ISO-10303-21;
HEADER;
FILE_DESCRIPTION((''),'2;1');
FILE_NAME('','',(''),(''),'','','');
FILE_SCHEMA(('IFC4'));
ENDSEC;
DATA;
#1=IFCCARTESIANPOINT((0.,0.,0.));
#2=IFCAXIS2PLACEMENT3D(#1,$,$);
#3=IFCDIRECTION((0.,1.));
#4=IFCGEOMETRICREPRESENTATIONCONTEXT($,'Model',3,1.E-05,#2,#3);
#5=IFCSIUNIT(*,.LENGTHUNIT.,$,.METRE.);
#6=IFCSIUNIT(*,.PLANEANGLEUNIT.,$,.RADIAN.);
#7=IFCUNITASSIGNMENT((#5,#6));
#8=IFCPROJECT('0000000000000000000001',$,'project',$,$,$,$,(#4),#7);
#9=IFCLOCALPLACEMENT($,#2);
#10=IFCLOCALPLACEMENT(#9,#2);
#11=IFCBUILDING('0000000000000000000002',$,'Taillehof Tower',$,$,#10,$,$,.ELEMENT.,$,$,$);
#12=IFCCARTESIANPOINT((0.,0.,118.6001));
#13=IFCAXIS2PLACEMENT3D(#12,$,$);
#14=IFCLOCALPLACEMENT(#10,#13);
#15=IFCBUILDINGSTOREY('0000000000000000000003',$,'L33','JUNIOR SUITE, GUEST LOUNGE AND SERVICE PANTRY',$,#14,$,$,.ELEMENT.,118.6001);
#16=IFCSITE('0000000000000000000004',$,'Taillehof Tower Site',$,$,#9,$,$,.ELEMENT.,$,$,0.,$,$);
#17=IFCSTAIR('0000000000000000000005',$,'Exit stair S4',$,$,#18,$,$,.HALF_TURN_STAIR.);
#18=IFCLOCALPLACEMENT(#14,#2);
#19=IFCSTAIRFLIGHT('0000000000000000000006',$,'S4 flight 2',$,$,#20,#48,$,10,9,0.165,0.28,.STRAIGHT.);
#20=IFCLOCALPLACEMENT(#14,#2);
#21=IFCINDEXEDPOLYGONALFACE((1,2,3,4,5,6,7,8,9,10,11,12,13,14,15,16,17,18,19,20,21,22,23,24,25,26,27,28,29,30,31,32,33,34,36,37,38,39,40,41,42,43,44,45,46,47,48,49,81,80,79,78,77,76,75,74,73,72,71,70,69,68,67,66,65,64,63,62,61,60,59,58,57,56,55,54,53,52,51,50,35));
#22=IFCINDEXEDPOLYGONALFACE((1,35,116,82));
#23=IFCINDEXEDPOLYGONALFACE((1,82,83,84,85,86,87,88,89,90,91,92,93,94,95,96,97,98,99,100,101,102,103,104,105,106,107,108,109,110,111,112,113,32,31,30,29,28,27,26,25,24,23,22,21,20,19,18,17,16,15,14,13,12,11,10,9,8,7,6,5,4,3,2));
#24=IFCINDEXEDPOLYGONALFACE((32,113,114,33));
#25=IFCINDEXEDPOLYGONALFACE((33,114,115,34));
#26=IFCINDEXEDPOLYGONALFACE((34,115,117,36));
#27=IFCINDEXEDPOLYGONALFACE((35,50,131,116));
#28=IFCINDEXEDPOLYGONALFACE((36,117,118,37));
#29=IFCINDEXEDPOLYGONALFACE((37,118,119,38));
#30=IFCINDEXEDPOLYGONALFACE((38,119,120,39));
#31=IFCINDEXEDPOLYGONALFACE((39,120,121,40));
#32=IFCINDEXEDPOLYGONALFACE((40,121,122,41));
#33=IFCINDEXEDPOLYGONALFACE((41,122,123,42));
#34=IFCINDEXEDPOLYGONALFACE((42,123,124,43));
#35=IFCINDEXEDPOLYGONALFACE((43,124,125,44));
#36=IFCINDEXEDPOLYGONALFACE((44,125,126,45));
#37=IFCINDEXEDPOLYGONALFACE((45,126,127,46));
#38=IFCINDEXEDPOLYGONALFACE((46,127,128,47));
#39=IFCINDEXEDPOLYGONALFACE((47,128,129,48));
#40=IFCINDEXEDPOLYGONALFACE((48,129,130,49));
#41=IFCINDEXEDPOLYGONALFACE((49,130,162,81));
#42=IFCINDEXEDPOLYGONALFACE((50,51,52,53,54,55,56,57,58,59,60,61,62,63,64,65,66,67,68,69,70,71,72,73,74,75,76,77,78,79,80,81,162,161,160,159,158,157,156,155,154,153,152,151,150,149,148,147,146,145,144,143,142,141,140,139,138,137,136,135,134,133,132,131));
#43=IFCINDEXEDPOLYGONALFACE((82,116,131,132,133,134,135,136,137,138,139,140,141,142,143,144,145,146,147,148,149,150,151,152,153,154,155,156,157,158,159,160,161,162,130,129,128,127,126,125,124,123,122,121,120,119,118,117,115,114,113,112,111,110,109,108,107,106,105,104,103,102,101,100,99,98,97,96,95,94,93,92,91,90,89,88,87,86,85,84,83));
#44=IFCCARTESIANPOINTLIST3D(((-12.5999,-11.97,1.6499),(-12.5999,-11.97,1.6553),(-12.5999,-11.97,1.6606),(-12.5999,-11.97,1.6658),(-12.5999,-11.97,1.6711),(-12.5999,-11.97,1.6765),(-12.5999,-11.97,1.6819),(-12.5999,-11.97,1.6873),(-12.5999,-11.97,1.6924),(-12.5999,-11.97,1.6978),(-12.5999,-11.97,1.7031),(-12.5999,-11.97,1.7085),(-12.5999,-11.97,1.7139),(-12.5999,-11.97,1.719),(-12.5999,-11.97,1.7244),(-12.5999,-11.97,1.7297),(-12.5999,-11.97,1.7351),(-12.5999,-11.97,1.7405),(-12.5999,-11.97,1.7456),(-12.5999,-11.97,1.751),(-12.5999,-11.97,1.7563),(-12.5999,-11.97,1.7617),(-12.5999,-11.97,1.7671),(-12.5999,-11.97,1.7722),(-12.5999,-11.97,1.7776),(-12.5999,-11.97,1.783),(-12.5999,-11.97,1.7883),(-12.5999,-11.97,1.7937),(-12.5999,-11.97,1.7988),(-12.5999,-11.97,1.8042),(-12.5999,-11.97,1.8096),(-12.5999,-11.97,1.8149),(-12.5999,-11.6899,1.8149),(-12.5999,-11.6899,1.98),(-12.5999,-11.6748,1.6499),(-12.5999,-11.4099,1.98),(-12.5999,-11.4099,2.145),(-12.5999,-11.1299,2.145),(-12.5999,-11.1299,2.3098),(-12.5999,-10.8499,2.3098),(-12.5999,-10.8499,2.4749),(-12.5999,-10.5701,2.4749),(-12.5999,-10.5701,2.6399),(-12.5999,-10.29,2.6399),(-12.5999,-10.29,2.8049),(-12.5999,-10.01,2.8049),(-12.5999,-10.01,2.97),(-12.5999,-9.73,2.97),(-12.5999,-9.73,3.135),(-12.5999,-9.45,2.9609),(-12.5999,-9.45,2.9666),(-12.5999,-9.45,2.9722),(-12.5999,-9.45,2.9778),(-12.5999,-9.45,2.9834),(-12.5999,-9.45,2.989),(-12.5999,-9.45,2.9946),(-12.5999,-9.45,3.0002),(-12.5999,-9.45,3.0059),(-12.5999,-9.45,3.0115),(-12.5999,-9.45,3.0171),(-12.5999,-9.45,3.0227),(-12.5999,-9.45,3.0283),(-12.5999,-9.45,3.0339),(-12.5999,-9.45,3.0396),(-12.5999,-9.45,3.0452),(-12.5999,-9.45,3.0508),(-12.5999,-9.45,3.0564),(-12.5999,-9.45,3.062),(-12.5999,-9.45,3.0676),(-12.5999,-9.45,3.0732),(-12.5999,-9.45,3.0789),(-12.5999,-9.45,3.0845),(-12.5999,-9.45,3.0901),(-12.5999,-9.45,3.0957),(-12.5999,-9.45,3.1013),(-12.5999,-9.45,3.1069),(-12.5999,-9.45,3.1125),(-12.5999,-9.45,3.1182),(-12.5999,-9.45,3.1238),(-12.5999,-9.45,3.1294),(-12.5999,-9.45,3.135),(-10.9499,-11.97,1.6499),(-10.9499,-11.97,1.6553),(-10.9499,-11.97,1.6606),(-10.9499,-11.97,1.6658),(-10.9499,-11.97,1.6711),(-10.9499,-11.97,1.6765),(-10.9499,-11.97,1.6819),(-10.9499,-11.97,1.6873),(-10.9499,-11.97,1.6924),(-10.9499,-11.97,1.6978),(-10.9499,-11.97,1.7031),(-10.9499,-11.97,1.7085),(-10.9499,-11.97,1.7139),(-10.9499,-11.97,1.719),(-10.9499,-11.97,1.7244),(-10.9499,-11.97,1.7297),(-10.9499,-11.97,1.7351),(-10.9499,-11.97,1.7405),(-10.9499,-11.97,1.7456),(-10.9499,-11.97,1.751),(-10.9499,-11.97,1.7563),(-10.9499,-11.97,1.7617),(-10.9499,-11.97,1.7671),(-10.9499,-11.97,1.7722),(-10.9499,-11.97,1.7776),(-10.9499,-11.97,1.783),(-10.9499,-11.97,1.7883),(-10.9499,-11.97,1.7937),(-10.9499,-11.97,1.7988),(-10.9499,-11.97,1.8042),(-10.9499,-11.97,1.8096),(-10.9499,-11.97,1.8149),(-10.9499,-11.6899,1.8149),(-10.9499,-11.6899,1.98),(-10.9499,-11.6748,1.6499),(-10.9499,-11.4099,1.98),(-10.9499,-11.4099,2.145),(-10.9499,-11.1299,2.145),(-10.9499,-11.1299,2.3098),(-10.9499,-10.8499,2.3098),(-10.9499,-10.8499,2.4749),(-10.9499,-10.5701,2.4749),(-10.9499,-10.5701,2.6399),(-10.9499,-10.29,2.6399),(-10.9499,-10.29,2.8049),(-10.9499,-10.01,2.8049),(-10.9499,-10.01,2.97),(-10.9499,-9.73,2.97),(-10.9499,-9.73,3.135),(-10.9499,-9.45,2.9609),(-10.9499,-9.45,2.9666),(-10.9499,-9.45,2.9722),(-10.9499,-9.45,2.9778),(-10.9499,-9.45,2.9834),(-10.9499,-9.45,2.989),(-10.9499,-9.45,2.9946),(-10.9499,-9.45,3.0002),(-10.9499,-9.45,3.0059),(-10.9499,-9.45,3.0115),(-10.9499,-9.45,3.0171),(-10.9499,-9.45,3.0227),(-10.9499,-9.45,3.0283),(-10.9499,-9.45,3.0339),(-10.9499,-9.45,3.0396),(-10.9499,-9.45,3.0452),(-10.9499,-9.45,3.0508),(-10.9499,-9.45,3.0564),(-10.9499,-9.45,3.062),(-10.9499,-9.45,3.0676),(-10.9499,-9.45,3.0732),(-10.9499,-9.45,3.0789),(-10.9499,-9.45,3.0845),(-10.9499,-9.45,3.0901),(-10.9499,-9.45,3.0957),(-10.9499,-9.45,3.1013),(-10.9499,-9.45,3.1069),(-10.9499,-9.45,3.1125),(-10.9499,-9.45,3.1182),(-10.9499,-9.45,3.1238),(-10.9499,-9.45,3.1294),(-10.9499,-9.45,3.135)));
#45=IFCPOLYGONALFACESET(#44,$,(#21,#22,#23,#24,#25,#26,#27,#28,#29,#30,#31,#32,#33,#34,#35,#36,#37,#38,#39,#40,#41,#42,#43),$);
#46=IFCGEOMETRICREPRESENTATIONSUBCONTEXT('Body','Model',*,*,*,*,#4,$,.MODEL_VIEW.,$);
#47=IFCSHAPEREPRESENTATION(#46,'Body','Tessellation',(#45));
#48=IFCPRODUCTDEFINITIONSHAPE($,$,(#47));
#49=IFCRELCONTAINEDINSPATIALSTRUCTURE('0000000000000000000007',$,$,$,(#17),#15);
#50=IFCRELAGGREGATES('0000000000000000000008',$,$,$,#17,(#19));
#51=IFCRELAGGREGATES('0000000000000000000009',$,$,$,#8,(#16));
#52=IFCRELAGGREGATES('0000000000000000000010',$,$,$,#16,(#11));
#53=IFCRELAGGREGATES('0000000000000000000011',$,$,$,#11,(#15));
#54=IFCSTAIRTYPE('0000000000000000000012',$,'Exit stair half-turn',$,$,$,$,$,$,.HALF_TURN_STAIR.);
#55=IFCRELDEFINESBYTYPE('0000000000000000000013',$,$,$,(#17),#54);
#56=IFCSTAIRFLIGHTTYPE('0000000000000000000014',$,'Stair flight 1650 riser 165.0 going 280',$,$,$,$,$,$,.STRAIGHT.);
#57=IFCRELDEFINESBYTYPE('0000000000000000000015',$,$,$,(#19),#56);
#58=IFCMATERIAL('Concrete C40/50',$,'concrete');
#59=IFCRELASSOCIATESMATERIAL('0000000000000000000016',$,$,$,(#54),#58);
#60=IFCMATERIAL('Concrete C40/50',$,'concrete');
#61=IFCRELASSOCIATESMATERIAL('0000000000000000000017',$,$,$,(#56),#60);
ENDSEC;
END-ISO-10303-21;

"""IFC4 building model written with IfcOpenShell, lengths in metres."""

from ifc_helpers import new_model, si_unit, direction, frame, origin, place, context, subcontext, project, spatial, polyline, outline, extrude, material, type_object, element, aggregate, save


model = new_model("IFC4")

# Units and contexts
model_context = context("Model", 3, precision=1e-05, world=origin(), true_north=direction((0.0, 1.0)))
body_context = subcontext(model_context, "Body", "Model", "MODEL_VIEW")
ifc_project = project(units=[si_unit("LENGTHUNIT", "METRE"), si_unit("PLANEANGLEUNIT", "RADIAN")], contexts=[model_context])

# Site, building, storey
site_placement = place(None, origin())
site = spatial("IfcSite", under=ifc_project, at=site_placement, Name="Taillehof Tower Site", CompositionType="ELEMENT", RefElevation=0.0)
building_placement = place(site_placement, origin())
building = spatial("IfcBuilding", under=site, at=building_placement, Name="Taillehof Tower", CompositionType="ELEMENT")
storey_placement = place(building_placement, frame((0.0, 0.0, 118.6001)))
storey = spatial("IfcBuildingStorey", under=building, at=storey_placement, Name="L33", Description="JUNIOR SUITE, GUEST LOUNGE AND SERVICE PANTRY", CompositionType="ELEMENT", Elevation=118.6001)

# Stair, stair flight
ifc_material_1 = material(Name="Concrete C40/50", Category="concrete")
stair_type = type_object("IfcStairType", Name="Exit stair half-turn", PredefinedType="HALF_TURN_STAIR", material=ifc_material_1)
stair_placement = place(storey_placement, origin())
stair = element("IfcStair", 1, at=stair_placement, inside=storey, type_object=stair_type, Name="Exit stair S4", PredefinedType="HALF_TURN_STAIR")
ifc_material_2 = material(Name="Concrete C40/50", Category="concrete")
stair_flight_type = type_object("IfcStairFlightType", Name="Stair flight 1650 riser 165.0 going 280", PredefinedType="STRAIGHT", material=ifc_material_2)
stair_flight_placement = place(storey_placement, frame((-11.7749, -11.97, 1.6499), z_axis=(0.0, 0.0, 1.0), x_axis=(0.0, 1.0, 0.0)))
stair_flight = element("IfcStairFlight", 2, at=stair_flight_placement, type_object=stair_flight_type, Name="S4 flight 2", NumberOfRisers=10, NumberOfTreads=9, PredefinedType="STRAIGHT", RiserHeight=0.165, TreadLength=0.28, context=body_context, shape_type="SweptSolid", body=[
    extrude(outline(polyline([(0.0, 0.0), (0.0, 0.0054), (0.0, 0.0107), (0.0, 0.0159), (0.0, 0.0212), (0.0, 0.0266), (0.0, 0.032), (0.0, 0.0374), (0.0, 0.0425), (0.0, 0.0479), (0.0, 0.0532), (0.0, 0.0586), (0.0, 0.064), (0.0, 0.0691), (0.0, 0.0745), (0.0, 0.0798), (0.0, 0.0852), (0.0, 0.0906), (0.0, 0.0957), (0.0, 0.1011), (0.0, 0.1064), (0.0, 0.1118), (0.0, 0.1172), (0.0, 0.1223), (0.0, 0.1277), (0.0, 0.1331), (0.0, 0.1384), (0.0, 0.1438), (0.0, 0.1489), (0.0, 0.1543), (0.0, 0.1597), (0.0, 0.165), (0.28, 0.165), (0.28, 0.3301), (0.5601, 0.3301), (0.5601, 0.4951), (0.8401, 0.4951), (0.8401, 0.6599), (1.1201, 0.6599), (1.1201, 0.825), (1.3999, 0.825), (1.3999, 0.99), (1.6799, 0.99), (1.6799, 1.155), (1.96, 1.155), (1.96, 1.3201), (2.24, 1.3201), (2.24, 1.4851), (2.52, 1.4851), (2.52, 1.4795), (2.52, 1.4739), (2.52, 1.4683), (2.52, 1.4626), (2.52, 1.457), (2.52, 1.4514), (2.52, 1.4458), (2.52, 1.4402), (2.52, 1.4346), (2.52, 1.429), (2.52, 1.4233), (2.52, 1.4177), (2.52, 1.4121), (2.52, 1.4065), (2.52, 1.4009), (2.52, 1.3953), (2.52, 1.3896), (2.52, 1.384), (2.52, 1.3784), (2.52, 1.3728), (2.52, 1.3672), (2.52, 1.3616), (2.52, 1.356), (2.52, 1.3503), (2.52, 1.3447), (2.52, 1.3391), (2.52, 1.3335), (2.52, 1.3279), (2.52, 1.3223), (2.52, 1.3167), (2.52, 1.311), (0.2952, 0.0), (0.0, 0.0)])), frame((0.0, 0.825, 0.0), z_axis=(0.0, -1.0, 0.0), x_axis=(1.0, 0.0, 0.0)), (0.0, 0.0, 1.0), 1.65),
])
aggregate(stair, [stair_flight])

save(model, "model.ifc")
